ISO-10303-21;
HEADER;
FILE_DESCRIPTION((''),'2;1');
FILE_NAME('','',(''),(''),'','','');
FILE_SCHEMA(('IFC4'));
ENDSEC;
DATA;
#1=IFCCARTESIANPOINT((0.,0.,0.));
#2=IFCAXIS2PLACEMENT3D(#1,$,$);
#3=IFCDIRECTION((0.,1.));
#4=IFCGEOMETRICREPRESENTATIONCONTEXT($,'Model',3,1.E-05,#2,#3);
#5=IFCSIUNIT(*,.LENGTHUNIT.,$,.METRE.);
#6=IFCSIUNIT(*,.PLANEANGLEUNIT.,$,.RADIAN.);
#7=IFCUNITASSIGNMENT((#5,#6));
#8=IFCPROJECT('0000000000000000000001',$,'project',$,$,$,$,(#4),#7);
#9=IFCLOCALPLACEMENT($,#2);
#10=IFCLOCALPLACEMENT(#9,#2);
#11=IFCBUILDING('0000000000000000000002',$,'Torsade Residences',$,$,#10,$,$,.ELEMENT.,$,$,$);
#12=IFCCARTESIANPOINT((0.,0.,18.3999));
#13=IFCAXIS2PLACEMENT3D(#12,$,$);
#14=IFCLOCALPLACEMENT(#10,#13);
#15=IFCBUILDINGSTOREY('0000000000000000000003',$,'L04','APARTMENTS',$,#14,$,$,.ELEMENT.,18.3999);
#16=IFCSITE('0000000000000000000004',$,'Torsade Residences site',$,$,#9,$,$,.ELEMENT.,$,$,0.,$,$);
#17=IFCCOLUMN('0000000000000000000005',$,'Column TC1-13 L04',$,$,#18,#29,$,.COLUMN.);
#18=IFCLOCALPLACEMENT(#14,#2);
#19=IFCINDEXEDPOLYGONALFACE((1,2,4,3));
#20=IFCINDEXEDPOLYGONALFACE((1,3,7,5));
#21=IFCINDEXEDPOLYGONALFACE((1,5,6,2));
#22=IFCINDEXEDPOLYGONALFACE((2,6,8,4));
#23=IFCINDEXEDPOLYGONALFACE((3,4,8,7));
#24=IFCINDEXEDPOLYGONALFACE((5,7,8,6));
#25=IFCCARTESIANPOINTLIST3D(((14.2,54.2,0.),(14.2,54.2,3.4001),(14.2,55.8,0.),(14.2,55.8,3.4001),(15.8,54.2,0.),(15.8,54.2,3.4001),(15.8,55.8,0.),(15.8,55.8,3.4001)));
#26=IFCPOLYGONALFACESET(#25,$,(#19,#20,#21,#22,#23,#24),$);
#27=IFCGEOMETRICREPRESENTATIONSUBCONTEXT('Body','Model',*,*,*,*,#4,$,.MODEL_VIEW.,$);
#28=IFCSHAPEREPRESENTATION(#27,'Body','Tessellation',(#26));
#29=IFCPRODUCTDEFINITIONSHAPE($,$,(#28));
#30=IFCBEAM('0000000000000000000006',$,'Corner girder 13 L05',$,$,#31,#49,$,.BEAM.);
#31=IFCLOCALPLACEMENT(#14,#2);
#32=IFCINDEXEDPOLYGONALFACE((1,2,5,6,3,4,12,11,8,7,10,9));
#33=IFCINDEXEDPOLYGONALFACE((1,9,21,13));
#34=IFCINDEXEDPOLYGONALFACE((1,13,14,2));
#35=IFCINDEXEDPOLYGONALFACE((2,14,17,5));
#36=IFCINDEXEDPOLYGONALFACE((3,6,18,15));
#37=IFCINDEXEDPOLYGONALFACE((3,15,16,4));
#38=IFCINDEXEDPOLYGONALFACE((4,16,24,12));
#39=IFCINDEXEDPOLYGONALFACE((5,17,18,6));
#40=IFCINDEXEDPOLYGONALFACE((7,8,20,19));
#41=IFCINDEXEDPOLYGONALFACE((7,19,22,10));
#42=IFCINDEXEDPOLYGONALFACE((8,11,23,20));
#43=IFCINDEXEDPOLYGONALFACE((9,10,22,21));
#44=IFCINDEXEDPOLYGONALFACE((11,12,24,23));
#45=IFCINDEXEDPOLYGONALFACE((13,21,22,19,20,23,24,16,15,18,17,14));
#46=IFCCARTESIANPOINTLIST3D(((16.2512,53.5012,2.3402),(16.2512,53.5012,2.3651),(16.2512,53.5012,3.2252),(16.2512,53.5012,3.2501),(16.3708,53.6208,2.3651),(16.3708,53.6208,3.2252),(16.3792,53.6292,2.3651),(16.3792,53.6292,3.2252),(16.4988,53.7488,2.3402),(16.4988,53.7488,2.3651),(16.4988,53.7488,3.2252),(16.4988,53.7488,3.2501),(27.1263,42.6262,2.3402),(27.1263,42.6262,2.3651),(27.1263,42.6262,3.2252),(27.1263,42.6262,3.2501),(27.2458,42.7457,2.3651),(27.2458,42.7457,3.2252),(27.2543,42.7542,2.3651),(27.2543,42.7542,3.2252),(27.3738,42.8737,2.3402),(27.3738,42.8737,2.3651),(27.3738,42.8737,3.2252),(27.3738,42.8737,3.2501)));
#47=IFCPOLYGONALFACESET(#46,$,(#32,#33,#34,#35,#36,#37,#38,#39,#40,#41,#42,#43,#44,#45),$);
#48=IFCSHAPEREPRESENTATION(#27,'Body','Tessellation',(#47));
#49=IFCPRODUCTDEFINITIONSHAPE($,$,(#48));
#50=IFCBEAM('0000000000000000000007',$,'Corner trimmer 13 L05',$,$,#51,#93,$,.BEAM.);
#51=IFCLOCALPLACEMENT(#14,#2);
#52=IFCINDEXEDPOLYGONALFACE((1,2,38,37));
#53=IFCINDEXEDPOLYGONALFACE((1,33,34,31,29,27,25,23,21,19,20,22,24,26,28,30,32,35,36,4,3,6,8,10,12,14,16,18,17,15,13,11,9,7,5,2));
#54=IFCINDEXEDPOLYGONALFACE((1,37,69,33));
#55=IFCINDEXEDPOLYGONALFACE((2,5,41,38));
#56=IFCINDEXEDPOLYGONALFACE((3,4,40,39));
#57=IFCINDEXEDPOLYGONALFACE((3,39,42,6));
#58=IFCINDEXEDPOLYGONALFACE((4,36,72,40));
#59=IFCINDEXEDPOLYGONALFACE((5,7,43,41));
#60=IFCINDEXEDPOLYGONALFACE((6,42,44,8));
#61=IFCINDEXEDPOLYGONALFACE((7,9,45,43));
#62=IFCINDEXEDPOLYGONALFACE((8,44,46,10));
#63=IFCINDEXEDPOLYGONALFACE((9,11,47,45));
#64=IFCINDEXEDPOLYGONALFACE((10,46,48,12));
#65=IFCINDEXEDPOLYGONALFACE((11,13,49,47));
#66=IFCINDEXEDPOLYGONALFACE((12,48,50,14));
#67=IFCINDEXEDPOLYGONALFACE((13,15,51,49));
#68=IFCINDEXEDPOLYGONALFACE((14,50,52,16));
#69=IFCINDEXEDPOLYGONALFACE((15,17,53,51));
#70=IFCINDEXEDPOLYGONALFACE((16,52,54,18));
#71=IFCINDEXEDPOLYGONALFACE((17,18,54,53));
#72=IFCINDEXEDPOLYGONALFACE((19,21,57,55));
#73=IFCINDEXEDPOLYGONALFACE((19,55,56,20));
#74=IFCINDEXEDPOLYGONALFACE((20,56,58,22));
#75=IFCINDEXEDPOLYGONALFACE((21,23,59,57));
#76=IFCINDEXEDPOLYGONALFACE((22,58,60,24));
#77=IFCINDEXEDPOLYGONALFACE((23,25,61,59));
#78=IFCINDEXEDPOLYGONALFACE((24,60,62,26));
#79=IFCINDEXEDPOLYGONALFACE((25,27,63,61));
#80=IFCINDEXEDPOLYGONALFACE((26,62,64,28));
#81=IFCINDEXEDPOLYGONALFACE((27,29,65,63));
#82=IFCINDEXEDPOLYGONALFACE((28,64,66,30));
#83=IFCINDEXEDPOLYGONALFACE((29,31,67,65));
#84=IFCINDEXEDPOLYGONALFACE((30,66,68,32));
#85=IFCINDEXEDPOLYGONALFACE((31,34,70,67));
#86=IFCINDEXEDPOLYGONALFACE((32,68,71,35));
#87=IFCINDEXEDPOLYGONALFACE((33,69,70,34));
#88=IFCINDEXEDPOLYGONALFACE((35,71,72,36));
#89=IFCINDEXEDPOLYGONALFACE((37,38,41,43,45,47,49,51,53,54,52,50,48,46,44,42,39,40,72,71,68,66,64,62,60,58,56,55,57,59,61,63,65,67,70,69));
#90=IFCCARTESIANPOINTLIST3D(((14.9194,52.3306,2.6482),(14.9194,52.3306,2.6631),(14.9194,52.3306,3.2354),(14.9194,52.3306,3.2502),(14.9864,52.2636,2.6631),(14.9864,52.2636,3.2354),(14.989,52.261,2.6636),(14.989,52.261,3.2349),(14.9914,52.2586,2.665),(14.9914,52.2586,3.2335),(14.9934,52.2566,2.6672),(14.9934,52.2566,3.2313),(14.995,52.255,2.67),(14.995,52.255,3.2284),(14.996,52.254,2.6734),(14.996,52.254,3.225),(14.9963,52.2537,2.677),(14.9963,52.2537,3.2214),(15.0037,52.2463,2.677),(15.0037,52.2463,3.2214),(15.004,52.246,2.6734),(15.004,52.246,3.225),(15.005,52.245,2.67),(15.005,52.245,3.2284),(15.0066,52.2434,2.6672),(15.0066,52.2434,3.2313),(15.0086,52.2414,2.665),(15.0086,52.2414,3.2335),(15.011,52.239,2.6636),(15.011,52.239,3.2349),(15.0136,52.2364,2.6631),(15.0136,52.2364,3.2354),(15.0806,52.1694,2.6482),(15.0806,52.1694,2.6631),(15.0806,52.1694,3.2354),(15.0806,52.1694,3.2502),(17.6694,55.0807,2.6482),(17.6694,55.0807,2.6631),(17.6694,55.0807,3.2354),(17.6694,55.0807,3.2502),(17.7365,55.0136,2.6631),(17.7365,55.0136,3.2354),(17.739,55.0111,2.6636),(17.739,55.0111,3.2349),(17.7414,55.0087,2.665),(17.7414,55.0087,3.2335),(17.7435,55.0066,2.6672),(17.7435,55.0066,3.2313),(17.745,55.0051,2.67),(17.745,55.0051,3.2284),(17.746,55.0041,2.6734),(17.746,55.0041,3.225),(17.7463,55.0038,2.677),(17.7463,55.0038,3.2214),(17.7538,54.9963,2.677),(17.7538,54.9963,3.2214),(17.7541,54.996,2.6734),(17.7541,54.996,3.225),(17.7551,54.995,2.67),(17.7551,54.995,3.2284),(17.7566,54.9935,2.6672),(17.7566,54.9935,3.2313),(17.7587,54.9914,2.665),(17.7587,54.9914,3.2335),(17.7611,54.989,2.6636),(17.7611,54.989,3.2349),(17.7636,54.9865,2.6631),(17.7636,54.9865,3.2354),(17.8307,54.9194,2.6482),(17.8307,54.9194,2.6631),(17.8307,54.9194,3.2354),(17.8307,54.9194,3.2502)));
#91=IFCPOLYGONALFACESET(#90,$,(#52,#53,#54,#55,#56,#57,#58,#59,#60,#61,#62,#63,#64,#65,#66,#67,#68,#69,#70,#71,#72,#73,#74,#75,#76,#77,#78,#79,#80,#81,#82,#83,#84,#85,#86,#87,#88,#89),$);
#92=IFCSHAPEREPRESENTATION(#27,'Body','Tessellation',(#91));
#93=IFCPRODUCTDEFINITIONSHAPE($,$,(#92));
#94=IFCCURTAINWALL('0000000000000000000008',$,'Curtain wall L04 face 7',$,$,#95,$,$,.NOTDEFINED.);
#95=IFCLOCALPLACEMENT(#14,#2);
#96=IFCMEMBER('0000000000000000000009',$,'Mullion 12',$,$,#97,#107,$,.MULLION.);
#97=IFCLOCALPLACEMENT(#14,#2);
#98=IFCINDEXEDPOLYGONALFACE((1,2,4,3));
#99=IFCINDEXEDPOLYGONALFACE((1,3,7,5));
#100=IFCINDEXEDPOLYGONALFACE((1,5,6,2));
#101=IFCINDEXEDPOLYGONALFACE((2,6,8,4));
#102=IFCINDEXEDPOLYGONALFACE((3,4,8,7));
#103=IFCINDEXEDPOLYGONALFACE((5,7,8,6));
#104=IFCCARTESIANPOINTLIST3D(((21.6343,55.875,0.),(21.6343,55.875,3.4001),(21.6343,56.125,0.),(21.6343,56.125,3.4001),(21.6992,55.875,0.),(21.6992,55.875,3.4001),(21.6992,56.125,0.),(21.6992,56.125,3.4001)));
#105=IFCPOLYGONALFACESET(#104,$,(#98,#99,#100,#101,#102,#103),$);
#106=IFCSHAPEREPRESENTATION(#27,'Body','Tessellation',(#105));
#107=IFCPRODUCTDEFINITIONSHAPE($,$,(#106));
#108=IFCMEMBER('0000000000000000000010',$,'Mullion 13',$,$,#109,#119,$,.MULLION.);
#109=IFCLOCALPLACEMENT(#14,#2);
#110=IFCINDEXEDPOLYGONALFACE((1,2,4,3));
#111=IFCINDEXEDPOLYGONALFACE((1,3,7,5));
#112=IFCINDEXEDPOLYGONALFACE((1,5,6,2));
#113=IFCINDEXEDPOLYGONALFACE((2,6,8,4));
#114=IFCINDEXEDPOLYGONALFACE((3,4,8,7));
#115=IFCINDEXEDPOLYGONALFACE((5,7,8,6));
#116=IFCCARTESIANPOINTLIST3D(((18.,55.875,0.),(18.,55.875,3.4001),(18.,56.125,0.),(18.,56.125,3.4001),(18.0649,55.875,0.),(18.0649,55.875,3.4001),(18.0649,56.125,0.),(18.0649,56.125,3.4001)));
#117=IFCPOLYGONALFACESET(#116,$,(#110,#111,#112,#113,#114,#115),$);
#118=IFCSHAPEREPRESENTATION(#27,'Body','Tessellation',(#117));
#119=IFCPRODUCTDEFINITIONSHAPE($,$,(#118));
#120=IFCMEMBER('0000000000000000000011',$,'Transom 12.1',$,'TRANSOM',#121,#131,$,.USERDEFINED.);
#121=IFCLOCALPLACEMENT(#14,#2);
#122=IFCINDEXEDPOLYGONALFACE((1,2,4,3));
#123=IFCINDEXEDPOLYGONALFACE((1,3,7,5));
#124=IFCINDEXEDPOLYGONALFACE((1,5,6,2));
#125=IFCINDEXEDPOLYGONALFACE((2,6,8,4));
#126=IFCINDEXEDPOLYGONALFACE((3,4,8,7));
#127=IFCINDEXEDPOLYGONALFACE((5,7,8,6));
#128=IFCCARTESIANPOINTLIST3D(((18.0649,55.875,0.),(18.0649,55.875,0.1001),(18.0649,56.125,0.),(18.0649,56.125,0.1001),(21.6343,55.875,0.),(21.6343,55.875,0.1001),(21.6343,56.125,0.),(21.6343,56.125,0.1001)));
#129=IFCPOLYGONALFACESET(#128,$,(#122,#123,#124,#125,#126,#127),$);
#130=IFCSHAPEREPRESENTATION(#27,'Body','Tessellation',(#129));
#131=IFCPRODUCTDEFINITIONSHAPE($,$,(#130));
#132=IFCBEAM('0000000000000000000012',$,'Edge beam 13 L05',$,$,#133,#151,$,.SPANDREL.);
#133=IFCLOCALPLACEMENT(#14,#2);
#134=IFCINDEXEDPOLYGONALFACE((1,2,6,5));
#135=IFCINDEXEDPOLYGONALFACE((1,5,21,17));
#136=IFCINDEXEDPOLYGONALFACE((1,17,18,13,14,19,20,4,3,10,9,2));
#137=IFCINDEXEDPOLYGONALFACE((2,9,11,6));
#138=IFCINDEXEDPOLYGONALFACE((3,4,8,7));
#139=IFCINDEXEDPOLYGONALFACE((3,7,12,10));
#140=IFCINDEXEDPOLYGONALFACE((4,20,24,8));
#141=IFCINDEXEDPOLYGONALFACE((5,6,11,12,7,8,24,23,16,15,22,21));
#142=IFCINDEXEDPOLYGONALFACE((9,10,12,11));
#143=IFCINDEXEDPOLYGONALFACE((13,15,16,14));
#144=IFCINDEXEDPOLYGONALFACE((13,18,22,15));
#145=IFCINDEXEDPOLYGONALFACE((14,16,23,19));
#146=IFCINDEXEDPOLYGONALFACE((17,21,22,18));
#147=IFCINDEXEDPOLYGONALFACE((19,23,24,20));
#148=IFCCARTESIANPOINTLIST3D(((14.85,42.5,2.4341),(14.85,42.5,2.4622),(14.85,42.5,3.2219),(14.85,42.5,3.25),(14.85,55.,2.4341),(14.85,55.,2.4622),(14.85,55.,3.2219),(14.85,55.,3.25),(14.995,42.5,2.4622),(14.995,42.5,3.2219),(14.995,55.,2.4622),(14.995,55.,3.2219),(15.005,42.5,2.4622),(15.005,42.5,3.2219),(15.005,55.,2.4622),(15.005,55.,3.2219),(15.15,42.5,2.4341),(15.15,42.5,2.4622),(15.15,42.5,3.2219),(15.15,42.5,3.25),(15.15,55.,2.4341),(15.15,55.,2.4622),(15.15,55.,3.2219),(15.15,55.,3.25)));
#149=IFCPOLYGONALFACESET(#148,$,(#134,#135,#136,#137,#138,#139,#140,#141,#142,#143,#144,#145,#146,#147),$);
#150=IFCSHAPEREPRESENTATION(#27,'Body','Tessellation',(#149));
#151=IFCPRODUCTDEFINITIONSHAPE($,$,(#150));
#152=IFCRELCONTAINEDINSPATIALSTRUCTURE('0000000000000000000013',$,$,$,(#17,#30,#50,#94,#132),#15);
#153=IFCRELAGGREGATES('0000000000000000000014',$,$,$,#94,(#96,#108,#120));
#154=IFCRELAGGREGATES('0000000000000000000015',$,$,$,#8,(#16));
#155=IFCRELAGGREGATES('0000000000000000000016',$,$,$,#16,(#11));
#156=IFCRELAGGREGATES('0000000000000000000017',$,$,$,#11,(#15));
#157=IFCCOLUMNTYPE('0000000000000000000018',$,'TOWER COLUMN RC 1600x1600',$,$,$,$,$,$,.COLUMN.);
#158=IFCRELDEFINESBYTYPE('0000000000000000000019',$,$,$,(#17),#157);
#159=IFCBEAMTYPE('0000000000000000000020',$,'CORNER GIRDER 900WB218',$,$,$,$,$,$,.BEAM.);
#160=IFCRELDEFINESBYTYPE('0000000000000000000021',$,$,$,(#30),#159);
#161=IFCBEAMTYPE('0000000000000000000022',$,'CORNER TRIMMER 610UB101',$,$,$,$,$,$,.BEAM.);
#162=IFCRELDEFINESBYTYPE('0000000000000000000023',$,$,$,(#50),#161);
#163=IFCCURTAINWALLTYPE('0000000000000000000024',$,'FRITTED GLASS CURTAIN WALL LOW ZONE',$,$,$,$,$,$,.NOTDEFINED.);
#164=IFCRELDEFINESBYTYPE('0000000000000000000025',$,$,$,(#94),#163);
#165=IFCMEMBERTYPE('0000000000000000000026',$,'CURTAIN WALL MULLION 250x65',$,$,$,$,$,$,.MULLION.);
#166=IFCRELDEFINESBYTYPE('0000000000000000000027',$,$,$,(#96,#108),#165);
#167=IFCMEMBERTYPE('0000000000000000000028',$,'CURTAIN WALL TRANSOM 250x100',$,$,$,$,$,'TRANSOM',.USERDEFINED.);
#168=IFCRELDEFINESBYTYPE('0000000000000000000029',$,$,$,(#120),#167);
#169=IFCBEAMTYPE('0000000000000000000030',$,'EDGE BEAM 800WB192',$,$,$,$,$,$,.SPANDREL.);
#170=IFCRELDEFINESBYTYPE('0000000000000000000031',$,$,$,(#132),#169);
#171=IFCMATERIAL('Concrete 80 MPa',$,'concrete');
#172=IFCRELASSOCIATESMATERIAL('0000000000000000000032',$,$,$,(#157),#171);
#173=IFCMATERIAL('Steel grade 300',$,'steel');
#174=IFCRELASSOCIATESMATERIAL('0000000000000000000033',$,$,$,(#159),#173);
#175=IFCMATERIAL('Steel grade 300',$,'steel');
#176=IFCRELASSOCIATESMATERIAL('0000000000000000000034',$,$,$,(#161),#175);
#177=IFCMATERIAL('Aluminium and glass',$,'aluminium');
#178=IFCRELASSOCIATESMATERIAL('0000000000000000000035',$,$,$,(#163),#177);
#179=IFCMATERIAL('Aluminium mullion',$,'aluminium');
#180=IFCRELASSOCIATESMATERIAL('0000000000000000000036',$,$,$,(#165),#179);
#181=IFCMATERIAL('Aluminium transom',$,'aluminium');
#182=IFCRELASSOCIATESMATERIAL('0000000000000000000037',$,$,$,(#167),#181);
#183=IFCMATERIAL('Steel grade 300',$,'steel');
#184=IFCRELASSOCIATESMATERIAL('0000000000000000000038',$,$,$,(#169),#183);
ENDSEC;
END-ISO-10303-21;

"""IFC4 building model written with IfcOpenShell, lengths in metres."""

from ifc_helpers import new_model, si_unit, direction, frame, origin, origin_2d, place, context, subcontext, project, spatial, rectangle, i_section, extrude, material, material_profile, profile_set, type_object, element, aggregate, save


model = new_model("IFC4")

# Units and contexts
model_context = context("Model", 3, precision=1e-05, world=origin(), true_north=direction((0.0, 1.0)))
body_context = subcontext(model_context, "Body", "Model", "MODEL_VIEW")
ifc_project = project(units=[si_unit("LENGTHUNIT", "METRE"), si_unit("PLANEANGLEUNIT", "RADIAN")], contexts=[model_context])

# Site, building, storey
site_placement = place(None, origin())
site = spatial("IfcSite", under=ifc_project, at=site_placement, Name="Torsade Residences site", CompositionType="ELEMENT", RefElevation=0.0)
building_placement = place(site_placement, origin())
building = spatial("IfcBuilding", under=site, at=building_placement, Name="Torsade Residences", CompositionType="ELEMENT")
storey_placement = place(building_placement, frame((0.0, 0.0, 18.3999)))
storey = spatial("IfcBuildingStorey", under=building, at=storey_placement, Name="L04", Description="APARTMENTS", CompositionType="ELEMENT", Elevation=18.3999)

# Column
ifc_material_1 = material(Name="Concrete 80 MPa", Category="concrete")
ifc_material_profile_1 = material_profile(ifc_material_1, rectangle(XDim=1.6001, YDim=1.6001, at=origin_2d()), Name="RC 1600x1600")
ifc_profile_set_1 = profile_set([ifc_material_profile_1], Name="Concrete 80 MPa")
column_type = type_object("IfcColumnType", Name="TOWER COLUMN RC 1600x1600", PredefinedType="COLUMN", material=ifc_profile_set_1)
column_placement = place(storey_placement, frame((15.0, 55.0, 0.0), z_axis=(0.0, 0.0, 1.0), x_axis=(1.0, 0.0, 0.0)))
element("IfcColumn", 1, at=column_placement, inside=storey, type_object=column_type, Name="Column TC1-13 L04", PredefinedType="COLUMN", context=body_context, shape_type="SweptSolid", body=[
    extrude(rectangle(XDim=1.6001, YDim=1.6001, at=origin_2d()), origin(), (0.0, 0.0, 1.0), 3.4001),
])

# Beams
ifc_material_2 = material(Name="Steel grade 300", Category="steel")
ifc_material_profile_2 = material_profile(ifc_material_2, i_section(OverallWidth=0.3501, OverallDepth=0.9099, WebThickness=0.012, FlangeThickness=0.0249, at=origin_2d()), Name="900WB218")
ifc_profile_set_2 = profile_set([ifc_material_profile_2], Name="Steel grade 300")
beam_type_1 = type_object("IfcBeamType", Name="CORNER GIRDER 900WB218", PredefinedType="BEAM", material=ifc_profile_set_2)
beam_1_placement = place(storey_placement, frame((16.375, 53.625, 2.7952), z_axis=(0.707107, -0.707107, 0.0), x_axis=(0.707107, 0.707107, 0.0)))
element("IfcBeam", 2, at=beam_1_placement, inside=storey, type_object=beam_type_1, Name="Corner girder 13 L05", PredefinedType="BEAM", context=body_context, shape_type="SweptSolid", body=[
    extrude(i_section(OverallWidth=0.3501, OverallDepth=0.9099, WebThickness=0.012, FlangeThickness=0.0249, at=origin_2d()), origin(), (0.0, 0.0, 1.0), 15.3796),
])
ifc_material_3 = material(Name="Steel grade 300", Category="steel")
ifc_material_profile_3 = material_profile(ifc_material_3, i_section(OverallWidth=0.228, OverallDepth=0.6021, WebThickness=0.0105, FlangeThickness=0.0149, FilletRadius=0.0139, at=origin_2d()), Name="610UB101")
ifc_profile_set_3 = profile_set([ifc_material_profile_3], Name="Steel grade 300")
beam_type_2 = type_object("IfcBeamType", Name="CORNER TRIMMER 610UB101", PredefinedType="BEAM", material=ifc_profile_set_3)
beam_2_placement = place(storey_placement, frame((15.0, 52.25, 2.9492), z_axis=(0.707107, 0.707107, 0.0), x_axis=(-0.707107, 0.707107, 0.0)))
element("IfcBeam", 3, at=beam_2_placement, inside=storey, type_object=beam_type_2, Name="Corner trimmer 13 L05", PredefinedType="BEAM", context=body_context, shape_type="SweptSolid", body=[
    extrude(i_section(OverallWidth=0.228, OverallDepth=0.6021, WebThickness=0.0105, FlangeThickness=0.0149, FilletRadius=0.0139, at=origin_2d()), origin(), (0.0, 0.0, 1.0), 3.8892),
])

# Curtain wall, members
ifc_material_4 = material(Name="Aluminium and glass", Category="aluminium")
curtain_wall_type = type_object("IfcCurtainWallType", Name="FRITTED GLASS CURTAIN WALL LOW ZONE", PredefinedType="NOTDEFINED", material=ifc_material_4)
curtain_wall_placement = place(storey_placement, origin())
curtain_wall = element("IfcCurtainWall", 4, at=curtain_wall_placement, inside=storey, type_object=curtain_wall_type, Name="Curtain wall L04 face 7", PredefinedType="NOTDEFINED")
ifc_material_5 = material(Name="Aluminium mullion", Category="aluminium")
ifc_material_profile_4 = material_profile(ifc_material_5, rectangle(XDim=0.25, YDim=0.0649, at=origin_2d()), Name="CURTAIN WALL MULLION 250x65")
ifc_profile_set_4 = profile_set([ifc_material_profile_4], Name="Aluminium mullion")
member_type_1 = type_object("IfcMemberType", Name="CURTAIN WALL MULLION 250x65", PredefinedType="MULLION", material=ifc_profile_set_4)
member_1_placement = place(storey_placement, frame((21.6667, 56.0, 0.0), z_axis=(0.0, 0.0, 1.0), x_axis=(0.0, -1.0, 0.0)))
member_1 = element("IfcMember", 5, at=member_1_placement, type_object=member_type_1, Name="Mullion 12", PredefinedType="MULLION", context=body_context, shape_type="SweptSolid", body=[
    extrude(rectangle(XDim=0.25, YDim=0.0649, at=origin_2d()), origin(), (0.0, 0.0, 1.0), 3.4001),
])
member_2_placement = place(storey_placement, frame((18.0325, 56.0, 0.0), z_axis=(0.0, 0.0, 1.0), x_axis=(0.0, -1.0, 0.0)))
member_2 = element("IfcMember", 6, at=member_2_placement, type_object=member_type_1, Name="Mullion 13", PredefinedType="MULLION", context=body_context, shape_type="SweptSolid", body=[
    extrude(rectangle(XDim=0.25, YDim=0.0649, at=origin_2d()), origin(), (0.0, 0.0, 1.0), 3.4001),
])
ifc_material_6 = material(Name="Aluminium transom", Category="aluminium")
ifc_material_profile_5 = material_profile(ifc_material_6, rectangle(XDim=0.25, YDim=0.1001, at=origin_2d()), Name="CURTAIN WALL TRANSOM 250x100")
ifc_profile_set_5 = profile_set([ifc_material_profile_5], Name="Aluminium transom")
member_type_2 = type_object("IfcMemberType", Name="CURTAIN WALL TRANSOM 250x100", ElementType="TRANSOM", PredefinedType="USERDEFINED", material=ifc_profile_set_5)
member_3_placement = place(storey_placement, frame((21.6343, 56.0, 0.05), z_axis=(-1.0, 0.0, 0.0), x_axis=(0.0, -1.0, 0.0)))
member_3 = element("IfcMember", 7, at=member_3_placement, type_object=member_type_2, Name="Transom 12.1", ObjectType="TRANSOM", PredefinedType="USERDEFINED", context=body_context, shape_type="SweptSolid", body=[
    extrude(rectangle(XDim=0.25, YDim=0.1001, at=origin_2d()), origin(), (0.0, 0.0, 1.0), 3.5693),
])

# Beam
ifc_material_7 = material(Name="Steel grade 300", Category="steel")
ifc_material_profile_6 = material_profile(ifc_material_7, i_section(OverallWidth=0.3, OverallDepth=0.8159, WebThickness=0.01, FlangeThickness=0.0281, at=origin_2d()), Name="800WB192")
ifc_profile_set_6 = profile_set([ifc_material_profile_6], Name="Steel grade 300")
beam_type_3 = type_object("IfcBeamType", Name="EDGE BEAM 800WB192", PredefinedType="SPANDREL", material=ifc_profile_set_6)
beam_3_placement = place(storey_placement, frame((15.0, 55.0, 2.842), z_axis=(0.0, -1.0, 0.0), x_axis=(1.0, 0.0, 0.0)))
element("IfcBeam", 8, at=beam_3_placement, inside=storey, type_object=beam_type_3, Name="Edge beam 13 L05", PredefinedType="SPANDREL", context=body_context, shape_type="SweptSolid", body=[
    extrude(i_section(OverallWidth=0.3, OverallDepth=0.8159, WebThickness=0.01, FlangeThickness=0.0281, at=origin_2d()), origin(), (0.0, 0.0, 1.0), 12.5),
])

aggregate(curtain_wall, [member_1, member_2, member_3])

save(model, "model.ifc")
